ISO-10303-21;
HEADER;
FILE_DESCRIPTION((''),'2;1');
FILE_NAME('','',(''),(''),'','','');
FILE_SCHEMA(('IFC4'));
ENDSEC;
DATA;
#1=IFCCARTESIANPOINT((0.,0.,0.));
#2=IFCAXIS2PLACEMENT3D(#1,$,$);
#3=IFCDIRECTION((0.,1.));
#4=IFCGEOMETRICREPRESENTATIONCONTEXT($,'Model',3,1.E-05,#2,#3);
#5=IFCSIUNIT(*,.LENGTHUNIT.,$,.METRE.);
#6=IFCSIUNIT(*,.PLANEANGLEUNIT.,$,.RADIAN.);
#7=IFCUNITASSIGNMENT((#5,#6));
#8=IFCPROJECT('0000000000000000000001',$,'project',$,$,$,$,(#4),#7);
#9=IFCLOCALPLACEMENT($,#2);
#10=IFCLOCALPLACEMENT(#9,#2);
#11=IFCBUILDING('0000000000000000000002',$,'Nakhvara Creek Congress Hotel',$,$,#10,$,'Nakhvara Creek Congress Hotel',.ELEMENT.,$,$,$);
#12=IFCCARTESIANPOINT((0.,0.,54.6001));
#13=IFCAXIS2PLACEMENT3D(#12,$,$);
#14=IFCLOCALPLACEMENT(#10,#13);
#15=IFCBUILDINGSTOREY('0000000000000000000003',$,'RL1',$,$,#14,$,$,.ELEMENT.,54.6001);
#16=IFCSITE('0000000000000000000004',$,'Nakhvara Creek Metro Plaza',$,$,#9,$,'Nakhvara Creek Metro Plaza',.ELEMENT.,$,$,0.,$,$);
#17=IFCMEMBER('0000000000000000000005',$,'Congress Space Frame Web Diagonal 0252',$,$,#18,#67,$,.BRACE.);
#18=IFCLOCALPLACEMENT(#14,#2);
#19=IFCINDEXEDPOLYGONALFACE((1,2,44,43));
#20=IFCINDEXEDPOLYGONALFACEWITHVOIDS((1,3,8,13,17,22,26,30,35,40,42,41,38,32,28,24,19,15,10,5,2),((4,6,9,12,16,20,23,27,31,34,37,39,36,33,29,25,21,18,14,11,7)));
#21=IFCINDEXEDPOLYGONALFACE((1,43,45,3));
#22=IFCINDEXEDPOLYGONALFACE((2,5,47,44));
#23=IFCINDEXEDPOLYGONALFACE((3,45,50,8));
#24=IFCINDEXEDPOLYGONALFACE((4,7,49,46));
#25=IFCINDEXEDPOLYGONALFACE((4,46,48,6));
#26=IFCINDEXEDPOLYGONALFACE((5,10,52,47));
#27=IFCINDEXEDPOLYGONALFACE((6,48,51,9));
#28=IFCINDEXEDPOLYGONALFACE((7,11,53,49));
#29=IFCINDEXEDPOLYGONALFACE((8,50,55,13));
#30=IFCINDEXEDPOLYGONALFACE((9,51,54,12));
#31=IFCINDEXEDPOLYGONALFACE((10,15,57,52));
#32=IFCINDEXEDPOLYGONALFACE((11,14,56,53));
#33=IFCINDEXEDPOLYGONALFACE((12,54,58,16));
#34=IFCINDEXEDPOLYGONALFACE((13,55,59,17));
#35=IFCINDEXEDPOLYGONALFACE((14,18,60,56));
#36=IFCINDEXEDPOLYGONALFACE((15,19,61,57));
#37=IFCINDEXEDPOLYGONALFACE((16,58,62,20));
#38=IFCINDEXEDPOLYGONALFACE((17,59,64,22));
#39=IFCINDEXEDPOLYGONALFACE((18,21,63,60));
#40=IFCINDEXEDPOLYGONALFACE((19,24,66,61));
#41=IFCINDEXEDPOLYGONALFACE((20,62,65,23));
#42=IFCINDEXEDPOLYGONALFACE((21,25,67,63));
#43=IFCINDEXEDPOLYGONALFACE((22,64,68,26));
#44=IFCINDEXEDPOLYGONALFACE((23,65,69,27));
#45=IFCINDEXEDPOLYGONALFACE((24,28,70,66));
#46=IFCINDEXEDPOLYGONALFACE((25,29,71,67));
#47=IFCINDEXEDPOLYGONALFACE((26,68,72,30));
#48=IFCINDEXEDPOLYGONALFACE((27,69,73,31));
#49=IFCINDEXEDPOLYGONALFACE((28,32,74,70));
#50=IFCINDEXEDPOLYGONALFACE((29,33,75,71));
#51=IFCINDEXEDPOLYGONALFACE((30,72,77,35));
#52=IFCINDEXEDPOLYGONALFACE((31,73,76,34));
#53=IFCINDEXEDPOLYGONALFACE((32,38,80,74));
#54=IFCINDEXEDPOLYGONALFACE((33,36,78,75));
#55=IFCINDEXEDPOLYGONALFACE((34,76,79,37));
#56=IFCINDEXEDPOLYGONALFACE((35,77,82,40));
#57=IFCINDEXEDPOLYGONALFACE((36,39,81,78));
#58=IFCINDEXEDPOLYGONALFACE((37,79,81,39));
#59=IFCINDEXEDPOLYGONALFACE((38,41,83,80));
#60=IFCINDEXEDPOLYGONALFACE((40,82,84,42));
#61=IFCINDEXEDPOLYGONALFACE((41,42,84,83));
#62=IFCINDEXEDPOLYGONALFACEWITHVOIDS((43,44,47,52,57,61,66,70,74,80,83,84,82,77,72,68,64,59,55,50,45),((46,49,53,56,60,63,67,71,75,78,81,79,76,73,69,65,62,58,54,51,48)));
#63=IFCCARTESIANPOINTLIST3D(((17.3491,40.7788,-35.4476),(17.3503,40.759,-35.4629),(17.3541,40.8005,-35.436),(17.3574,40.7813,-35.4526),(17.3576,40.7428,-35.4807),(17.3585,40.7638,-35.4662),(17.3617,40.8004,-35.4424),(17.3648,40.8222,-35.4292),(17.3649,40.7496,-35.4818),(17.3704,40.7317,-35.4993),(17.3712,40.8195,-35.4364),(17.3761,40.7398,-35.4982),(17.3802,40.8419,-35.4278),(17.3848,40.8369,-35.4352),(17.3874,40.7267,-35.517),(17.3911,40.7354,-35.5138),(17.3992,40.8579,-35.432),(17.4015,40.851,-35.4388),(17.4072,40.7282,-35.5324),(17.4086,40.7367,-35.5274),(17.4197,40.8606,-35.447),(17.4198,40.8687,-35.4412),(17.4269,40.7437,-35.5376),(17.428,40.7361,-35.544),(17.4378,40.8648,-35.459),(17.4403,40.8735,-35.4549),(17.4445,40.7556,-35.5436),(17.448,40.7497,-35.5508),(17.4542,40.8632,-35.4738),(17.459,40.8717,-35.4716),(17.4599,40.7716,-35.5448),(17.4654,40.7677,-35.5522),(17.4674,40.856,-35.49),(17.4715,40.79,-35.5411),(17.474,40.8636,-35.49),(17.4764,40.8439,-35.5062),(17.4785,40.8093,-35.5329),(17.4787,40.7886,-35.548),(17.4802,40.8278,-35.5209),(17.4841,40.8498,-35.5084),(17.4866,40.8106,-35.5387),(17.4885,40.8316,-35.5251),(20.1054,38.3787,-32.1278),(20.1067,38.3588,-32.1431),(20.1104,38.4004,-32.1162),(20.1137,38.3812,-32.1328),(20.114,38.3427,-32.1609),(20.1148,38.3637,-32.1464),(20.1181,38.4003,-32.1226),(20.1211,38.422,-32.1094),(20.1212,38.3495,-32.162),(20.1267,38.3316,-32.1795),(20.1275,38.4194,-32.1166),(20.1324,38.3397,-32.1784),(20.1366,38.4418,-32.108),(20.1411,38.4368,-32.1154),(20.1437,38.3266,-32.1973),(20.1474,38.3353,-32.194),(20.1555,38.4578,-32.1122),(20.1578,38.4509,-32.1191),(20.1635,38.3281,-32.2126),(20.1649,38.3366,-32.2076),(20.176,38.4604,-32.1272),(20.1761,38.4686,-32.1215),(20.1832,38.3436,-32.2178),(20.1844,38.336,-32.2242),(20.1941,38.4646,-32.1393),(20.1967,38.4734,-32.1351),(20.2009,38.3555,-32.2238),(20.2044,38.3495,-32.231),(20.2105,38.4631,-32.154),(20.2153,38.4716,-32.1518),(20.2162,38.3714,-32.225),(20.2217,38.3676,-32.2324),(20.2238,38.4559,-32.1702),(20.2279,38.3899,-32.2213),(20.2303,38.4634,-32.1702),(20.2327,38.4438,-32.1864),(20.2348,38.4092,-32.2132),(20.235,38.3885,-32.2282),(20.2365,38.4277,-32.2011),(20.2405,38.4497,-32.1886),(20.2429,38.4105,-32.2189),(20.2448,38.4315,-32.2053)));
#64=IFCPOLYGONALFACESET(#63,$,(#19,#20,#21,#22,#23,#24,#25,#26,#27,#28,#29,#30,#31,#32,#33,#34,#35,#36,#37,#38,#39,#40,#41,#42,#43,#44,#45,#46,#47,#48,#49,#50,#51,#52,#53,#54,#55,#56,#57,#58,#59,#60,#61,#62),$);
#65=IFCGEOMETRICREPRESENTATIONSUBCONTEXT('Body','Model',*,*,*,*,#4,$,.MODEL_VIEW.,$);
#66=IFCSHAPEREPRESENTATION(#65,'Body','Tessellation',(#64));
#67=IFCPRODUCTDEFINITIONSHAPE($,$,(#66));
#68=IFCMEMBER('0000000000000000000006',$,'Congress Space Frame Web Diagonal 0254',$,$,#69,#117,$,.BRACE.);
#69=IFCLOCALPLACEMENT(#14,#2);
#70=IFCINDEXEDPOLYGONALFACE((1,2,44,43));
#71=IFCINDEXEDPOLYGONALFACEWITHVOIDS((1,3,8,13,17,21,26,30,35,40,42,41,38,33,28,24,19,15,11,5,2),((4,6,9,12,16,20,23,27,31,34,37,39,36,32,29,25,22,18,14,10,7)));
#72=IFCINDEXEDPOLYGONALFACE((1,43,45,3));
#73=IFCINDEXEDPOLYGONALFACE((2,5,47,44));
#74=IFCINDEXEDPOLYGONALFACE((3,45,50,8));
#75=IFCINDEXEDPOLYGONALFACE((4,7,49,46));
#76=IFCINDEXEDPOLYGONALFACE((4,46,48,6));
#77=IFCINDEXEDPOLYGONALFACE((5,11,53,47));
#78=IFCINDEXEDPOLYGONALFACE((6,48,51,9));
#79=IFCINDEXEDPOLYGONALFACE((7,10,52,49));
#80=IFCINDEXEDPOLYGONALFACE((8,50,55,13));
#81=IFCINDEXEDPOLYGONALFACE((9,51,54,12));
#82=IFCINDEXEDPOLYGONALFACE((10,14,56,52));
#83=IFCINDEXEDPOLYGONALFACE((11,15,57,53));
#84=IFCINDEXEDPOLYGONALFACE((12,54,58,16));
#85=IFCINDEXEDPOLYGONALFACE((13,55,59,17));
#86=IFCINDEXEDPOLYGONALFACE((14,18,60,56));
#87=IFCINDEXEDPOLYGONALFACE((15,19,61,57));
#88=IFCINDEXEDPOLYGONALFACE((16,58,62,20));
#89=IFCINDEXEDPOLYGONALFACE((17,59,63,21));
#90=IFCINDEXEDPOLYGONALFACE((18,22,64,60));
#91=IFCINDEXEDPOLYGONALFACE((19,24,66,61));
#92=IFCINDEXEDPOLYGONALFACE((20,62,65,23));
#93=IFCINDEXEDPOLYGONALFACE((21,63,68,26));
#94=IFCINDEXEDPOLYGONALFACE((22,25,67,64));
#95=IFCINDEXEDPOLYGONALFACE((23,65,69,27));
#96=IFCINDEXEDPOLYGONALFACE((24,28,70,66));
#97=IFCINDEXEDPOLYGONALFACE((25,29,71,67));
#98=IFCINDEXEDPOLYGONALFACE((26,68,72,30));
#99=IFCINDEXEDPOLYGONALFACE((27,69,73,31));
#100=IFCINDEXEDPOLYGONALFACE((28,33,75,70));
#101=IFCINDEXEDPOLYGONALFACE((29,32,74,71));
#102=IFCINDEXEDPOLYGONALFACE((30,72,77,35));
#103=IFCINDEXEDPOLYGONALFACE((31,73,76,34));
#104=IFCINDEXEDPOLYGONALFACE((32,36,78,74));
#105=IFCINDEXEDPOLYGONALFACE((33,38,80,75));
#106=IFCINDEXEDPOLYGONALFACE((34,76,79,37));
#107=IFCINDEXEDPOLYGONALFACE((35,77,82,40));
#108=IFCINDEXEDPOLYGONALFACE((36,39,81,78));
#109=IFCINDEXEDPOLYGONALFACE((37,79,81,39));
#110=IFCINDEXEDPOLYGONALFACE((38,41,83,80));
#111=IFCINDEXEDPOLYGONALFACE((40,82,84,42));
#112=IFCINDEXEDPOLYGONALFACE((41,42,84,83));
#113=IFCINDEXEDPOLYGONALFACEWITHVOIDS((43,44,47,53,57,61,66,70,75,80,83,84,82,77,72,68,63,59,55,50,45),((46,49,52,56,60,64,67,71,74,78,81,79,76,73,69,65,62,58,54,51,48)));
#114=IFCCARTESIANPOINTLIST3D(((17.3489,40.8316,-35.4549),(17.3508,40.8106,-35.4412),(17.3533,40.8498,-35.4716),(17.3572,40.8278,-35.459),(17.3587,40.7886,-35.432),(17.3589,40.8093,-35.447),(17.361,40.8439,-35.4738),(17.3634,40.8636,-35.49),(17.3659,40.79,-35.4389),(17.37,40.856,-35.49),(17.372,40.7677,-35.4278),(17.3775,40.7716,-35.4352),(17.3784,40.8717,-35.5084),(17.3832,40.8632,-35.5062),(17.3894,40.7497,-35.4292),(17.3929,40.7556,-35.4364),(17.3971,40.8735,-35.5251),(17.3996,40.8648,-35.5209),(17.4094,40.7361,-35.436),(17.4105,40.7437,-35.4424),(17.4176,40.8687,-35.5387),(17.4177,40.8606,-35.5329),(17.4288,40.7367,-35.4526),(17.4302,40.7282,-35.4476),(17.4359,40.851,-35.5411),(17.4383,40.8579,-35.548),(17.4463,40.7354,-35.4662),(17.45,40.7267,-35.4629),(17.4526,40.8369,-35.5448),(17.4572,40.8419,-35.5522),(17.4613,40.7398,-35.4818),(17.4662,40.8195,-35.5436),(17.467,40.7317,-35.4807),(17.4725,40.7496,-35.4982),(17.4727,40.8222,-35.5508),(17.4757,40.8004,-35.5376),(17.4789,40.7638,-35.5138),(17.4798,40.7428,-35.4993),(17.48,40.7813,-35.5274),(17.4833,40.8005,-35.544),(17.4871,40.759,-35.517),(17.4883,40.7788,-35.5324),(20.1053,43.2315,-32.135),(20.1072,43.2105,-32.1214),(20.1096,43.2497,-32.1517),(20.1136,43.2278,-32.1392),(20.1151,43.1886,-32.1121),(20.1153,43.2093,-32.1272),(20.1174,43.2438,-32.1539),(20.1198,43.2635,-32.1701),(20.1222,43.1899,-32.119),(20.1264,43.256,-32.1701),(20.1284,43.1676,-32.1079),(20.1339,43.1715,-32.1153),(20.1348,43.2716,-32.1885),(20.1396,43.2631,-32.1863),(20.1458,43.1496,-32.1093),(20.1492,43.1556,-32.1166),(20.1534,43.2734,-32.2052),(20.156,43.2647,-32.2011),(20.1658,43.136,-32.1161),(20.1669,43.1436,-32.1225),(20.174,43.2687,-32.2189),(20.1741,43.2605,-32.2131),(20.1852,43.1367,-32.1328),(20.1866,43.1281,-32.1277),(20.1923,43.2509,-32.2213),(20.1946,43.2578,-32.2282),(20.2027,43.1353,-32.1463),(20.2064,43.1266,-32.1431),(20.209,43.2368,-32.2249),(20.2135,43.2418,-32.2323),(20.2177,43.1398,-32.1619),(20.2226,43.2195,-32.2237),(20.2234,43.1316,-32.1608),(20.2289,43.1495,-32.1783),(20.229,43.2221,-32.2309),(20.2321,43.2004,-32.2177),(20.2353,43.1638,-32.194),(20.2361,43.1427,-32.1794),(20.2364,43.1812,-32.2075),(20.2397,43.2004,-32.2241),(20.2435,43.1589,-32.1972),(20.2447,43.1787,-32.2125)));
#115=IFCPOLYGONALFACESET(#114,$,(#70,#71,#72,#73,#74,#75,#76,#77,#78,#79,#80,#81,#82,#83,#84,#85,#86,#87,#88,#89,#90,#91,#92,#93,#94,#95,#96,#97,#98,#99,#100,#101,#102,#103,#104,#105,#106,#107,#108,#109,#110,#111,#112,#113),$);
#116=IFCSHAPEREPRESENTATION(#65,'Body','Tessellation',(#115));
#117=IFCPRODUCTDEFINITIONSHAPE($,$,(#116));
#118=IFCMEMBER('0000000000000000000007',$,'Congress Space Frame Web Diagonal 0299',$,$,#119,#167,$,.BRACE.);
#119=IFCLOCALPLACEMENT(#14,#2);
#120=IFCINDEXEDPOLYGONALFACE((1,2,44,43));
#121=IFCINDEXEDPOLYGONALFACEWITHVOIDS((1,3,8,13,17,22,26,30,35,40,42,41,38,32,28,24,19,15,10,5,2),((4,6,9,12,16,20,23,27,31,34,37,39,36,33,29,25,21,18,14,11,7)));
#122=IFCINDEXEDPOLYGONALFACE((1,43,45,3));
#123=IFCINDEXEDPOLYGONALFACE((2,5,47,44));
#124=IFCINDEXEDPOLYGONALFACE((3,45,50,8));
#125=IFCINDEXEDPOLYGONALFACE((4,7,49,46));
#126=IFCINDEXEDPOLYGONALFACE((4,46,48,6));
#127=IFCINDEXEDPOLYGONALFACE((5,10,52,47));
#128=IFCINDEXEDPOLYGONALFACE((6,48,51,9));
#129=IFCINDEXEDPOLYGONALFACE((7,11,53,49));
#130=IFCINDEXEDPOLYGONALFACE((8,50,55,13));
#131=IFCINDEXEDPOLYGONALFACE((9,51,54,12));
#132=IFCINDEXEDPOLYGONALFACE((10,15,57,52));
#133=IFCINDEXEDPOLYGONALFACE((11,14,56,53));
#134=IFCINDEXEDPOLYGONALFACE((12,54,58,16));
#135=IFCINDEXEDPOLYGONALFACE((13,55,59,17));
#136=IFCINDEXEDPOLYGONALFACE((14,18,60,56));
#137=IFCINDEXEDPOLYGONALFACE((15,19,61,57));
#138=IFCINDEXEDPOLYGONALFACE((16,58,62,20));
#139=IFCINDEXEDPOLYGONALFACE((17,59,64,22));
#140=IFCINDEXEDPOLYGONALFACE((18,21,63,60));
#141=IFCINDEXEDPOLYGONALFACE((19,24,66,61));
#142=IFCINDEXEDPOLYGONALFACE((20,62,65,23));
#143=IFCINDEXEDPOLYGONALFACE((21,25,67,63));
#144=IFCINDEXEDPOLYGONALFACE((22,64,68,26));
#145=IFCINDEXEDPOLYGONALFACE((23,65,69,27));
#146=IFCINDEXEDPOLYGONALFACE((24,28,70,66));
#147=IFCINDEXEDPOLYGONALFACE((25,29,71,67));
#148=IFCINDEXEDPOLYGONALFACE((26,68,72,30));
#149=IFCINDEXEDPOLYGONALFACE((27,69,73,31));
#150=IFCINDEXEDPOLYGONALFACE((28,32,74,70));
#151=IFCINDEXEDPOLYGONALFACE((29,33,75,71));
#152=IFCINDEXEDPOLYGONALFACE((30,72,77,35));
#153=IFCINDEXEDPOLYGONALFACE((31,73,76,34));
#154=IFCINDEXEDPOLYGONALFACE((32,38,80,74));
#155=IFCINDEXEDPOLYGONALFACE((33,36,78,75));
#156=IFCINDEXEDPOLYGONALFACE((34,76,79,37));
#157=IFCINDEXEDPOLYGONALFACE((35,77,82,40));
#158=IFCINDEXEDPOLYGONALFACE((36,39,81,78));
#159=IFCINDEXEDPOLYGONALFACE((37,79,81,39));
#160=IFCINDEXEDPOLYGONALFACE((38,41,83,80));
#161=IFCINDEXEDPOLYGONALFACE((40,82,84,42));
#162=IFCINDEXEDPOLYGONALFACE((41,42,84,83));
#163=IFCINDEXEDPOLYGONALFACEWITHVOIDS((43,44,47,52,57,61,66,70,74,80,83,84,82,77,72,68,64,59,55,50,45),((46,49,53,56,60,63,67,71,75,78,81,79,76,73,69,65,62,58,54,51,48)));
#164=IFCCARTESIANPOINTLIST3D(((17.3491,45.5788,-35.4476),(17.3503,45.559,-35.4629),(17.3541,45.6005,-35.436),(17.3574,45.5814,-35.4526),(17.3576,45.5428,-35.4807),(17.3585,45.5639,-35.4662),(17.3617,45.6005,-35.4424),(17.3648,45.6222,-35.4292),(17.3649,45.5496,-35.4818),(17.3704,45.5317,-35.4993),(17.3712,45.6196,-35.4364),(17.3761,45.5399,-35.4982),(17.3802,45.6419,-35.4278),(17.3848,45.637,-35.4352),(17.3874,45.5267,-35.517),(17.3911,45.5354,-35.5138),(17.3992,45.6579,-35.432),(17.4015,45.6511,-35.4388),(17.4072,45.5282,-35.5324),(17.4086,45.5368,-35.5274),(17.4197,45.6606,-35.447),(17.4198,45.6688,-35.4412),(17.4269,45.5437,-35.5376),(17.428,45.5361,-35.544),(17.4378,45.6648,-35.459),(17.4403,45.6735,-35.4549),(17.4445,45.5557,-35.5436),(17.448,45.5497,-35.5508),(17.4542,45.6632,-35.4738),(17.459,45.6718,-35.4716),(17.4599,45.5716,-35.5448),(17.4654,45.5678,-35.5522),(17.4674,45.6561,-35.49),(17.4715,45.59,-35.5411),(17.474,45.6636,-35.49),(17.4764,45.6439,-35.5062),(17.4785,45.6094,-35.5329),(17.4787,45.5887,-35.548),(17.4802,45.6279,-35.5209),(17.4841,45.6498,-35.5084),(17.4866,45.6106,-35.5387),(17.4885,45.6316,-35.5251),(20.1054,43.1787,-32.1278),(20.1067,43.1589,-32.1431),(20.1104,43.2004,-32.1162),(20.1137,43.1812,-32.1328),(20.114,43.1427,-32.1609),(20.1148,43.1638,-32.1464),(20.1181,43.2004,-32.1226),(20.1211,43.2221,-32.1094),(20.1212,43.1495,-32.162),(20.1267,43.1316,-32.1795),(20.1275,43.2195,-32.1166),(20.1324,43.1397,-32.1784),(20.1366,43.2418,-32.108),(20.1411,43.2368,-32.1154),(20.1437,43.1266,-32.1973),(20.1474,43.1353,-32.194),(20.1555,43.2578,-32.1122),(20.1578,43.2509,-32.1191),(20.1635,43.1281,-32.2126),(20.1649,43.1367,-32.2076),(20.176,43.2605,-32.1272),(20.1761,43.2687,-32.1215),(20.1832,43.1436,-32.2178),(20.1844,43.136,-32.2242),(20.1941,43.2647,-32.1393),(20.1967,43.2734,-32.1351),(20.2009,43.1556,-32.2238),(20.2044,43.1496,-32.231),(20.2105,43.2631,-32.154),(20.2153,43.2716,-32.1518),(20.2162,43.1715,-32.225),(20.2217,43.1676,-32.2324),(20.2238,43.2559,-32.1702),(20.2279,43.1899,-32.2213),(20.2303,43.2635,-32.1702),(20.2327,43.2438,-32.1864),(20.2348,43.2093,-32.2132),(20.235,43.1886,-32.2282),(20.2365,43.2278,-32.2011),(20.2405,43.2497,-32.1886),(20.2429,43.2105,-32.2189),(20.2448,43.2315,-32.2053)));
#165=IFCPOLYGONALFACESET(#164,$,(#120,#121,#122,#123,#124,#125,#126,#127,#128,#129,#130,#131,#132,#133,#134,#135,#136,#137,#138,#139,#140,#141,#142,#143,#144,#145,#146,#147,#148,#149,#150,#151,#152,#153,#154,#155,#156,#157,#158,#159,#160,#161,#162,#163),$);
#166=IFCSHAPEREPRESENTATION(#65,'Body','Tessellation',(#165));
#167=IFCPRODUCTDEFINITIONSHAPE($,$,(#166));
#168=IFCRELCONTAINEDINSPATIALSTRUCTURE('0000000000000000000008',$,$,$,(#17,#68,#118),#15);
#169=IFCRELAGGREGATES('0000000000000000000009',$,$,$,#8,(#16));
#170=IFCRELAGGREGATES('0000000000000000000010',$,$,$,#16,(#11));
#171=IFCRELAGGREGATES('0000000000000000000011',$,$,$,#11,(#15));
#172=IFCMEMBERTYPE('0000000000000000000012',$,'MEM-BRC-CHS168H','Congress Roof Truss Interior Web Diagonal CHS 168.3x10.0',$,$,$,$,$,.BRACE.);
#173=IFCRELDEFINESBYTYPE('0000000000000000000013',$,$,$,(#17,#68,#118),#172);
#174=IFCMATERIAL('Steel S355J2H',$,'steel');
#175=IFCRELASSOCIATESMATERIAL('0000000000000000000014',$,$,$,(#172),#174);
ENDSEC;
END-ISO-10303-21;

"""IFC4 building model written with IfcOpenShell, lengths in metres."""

from ifc_helpers import new_model, si_unit, direction, frame, origin, origin_2d, place, context, subcontext, project, spatial, hollow_circle, extrude, material, material_profile, profile_set, type_object, element, save


model = new_model("IFC4")

# Units and contexts
model_context = context("Model", 3, precision=1e-05, world=origin(), true_north=direction((0.0, 1.0)))
body_context = subcontext(model_context, "Body", "Model", "MODEL_VIEW")
ifc_project = project(units=[si_unit("LENGTHUNIT", "METRE"), si_unit("PLANEANGLEUNIT", "RADIAN")], contexts=[model_context])

# Site, building, storey
site_placement = place(None, origin())
site = spatial("IfcSite", under=ifc_project, at=site_placement, Name="Nakhvara Creek Metro Plaza", LongName="Nakhvara Creek Metro Plaza", CompositionType="ELEMENT", RefElevation=0.0)
building_placement = place(site_placement, origin())
building = spatial("IfcBuilding", under=site, at=building_placement, Name="Nakhvara Creek Congress Hotel", LongName="Nakhvara Creek Congress Hotel", CompositionType="ELEMENT")
storey_placement = place(building_placement, frame((0.0, 0.0, 54.6001)))
storey = spatial("IfcBuildingStorey", under=building, at=storey_placement, Name="RL1", CompositionType="ELEMENT", Elevation=54.6001)

# Members
ifc_material_1 = material(Name="Steel S355J2H", Category="steel")
ifc_material_profile_1 = material_profile(ifc_material_1, hollow_circle(Radius=0.0842, WallThickness=0.01, at=origin_2d()), Name="CHS 168.3x10.0", Category="LoadBearing")
ifc_profile_set_1 = profile_set([ifc_material_profile_1], Name="Steel S355J2H")
member_type_1 = type_object("IfcMemberType", Name="MEM-BRC-CHS168H", Description="Congress Roof Truss Interior Web Diagonal CHS 168.3x10.0", PredefinedType="BRACE", material=ifc_profile_set_1)
for number, where, z_axis, x_axis, name in (
    (1, (17.4187, 40.8, -35.49), (0.558242, -0.486101, 0.672363), (0.656696, 0.754155, 0.0), "Congress Space Frame Web Diagonal 0252"),
    (2, (17.4187, 40.8, -35.49), (0.558256, 0.486063, 0.672379), (-0.656658, 0.754188, 0.0), "Congress Space Frame Web Diagonal 0254"),
    (3, (17.4187, 45.6001, -35.49), (0.558242, -0.486101, 0.672363), (0.656696, 0.754155, 0.0), "Congress Space Frame Web Diagonal 0299"),
):
    element("IfcMember", number, at=place(storey_placement, frame(where, z_axis=z_axis, x_axis=x_axis)), inside=storey, type_object=member_type_1, Name=name, PredefinedType="BRACE", context=body_context, shape_type="SweptSolid", body=[
        extrude(hollow_circle(Radius=0.0842, WallThickness=0.01, at=origin_2d()), origin(), (0.0, 0.0, 1.0), 4.9375),
    ])

save(model, "model.ifc")
